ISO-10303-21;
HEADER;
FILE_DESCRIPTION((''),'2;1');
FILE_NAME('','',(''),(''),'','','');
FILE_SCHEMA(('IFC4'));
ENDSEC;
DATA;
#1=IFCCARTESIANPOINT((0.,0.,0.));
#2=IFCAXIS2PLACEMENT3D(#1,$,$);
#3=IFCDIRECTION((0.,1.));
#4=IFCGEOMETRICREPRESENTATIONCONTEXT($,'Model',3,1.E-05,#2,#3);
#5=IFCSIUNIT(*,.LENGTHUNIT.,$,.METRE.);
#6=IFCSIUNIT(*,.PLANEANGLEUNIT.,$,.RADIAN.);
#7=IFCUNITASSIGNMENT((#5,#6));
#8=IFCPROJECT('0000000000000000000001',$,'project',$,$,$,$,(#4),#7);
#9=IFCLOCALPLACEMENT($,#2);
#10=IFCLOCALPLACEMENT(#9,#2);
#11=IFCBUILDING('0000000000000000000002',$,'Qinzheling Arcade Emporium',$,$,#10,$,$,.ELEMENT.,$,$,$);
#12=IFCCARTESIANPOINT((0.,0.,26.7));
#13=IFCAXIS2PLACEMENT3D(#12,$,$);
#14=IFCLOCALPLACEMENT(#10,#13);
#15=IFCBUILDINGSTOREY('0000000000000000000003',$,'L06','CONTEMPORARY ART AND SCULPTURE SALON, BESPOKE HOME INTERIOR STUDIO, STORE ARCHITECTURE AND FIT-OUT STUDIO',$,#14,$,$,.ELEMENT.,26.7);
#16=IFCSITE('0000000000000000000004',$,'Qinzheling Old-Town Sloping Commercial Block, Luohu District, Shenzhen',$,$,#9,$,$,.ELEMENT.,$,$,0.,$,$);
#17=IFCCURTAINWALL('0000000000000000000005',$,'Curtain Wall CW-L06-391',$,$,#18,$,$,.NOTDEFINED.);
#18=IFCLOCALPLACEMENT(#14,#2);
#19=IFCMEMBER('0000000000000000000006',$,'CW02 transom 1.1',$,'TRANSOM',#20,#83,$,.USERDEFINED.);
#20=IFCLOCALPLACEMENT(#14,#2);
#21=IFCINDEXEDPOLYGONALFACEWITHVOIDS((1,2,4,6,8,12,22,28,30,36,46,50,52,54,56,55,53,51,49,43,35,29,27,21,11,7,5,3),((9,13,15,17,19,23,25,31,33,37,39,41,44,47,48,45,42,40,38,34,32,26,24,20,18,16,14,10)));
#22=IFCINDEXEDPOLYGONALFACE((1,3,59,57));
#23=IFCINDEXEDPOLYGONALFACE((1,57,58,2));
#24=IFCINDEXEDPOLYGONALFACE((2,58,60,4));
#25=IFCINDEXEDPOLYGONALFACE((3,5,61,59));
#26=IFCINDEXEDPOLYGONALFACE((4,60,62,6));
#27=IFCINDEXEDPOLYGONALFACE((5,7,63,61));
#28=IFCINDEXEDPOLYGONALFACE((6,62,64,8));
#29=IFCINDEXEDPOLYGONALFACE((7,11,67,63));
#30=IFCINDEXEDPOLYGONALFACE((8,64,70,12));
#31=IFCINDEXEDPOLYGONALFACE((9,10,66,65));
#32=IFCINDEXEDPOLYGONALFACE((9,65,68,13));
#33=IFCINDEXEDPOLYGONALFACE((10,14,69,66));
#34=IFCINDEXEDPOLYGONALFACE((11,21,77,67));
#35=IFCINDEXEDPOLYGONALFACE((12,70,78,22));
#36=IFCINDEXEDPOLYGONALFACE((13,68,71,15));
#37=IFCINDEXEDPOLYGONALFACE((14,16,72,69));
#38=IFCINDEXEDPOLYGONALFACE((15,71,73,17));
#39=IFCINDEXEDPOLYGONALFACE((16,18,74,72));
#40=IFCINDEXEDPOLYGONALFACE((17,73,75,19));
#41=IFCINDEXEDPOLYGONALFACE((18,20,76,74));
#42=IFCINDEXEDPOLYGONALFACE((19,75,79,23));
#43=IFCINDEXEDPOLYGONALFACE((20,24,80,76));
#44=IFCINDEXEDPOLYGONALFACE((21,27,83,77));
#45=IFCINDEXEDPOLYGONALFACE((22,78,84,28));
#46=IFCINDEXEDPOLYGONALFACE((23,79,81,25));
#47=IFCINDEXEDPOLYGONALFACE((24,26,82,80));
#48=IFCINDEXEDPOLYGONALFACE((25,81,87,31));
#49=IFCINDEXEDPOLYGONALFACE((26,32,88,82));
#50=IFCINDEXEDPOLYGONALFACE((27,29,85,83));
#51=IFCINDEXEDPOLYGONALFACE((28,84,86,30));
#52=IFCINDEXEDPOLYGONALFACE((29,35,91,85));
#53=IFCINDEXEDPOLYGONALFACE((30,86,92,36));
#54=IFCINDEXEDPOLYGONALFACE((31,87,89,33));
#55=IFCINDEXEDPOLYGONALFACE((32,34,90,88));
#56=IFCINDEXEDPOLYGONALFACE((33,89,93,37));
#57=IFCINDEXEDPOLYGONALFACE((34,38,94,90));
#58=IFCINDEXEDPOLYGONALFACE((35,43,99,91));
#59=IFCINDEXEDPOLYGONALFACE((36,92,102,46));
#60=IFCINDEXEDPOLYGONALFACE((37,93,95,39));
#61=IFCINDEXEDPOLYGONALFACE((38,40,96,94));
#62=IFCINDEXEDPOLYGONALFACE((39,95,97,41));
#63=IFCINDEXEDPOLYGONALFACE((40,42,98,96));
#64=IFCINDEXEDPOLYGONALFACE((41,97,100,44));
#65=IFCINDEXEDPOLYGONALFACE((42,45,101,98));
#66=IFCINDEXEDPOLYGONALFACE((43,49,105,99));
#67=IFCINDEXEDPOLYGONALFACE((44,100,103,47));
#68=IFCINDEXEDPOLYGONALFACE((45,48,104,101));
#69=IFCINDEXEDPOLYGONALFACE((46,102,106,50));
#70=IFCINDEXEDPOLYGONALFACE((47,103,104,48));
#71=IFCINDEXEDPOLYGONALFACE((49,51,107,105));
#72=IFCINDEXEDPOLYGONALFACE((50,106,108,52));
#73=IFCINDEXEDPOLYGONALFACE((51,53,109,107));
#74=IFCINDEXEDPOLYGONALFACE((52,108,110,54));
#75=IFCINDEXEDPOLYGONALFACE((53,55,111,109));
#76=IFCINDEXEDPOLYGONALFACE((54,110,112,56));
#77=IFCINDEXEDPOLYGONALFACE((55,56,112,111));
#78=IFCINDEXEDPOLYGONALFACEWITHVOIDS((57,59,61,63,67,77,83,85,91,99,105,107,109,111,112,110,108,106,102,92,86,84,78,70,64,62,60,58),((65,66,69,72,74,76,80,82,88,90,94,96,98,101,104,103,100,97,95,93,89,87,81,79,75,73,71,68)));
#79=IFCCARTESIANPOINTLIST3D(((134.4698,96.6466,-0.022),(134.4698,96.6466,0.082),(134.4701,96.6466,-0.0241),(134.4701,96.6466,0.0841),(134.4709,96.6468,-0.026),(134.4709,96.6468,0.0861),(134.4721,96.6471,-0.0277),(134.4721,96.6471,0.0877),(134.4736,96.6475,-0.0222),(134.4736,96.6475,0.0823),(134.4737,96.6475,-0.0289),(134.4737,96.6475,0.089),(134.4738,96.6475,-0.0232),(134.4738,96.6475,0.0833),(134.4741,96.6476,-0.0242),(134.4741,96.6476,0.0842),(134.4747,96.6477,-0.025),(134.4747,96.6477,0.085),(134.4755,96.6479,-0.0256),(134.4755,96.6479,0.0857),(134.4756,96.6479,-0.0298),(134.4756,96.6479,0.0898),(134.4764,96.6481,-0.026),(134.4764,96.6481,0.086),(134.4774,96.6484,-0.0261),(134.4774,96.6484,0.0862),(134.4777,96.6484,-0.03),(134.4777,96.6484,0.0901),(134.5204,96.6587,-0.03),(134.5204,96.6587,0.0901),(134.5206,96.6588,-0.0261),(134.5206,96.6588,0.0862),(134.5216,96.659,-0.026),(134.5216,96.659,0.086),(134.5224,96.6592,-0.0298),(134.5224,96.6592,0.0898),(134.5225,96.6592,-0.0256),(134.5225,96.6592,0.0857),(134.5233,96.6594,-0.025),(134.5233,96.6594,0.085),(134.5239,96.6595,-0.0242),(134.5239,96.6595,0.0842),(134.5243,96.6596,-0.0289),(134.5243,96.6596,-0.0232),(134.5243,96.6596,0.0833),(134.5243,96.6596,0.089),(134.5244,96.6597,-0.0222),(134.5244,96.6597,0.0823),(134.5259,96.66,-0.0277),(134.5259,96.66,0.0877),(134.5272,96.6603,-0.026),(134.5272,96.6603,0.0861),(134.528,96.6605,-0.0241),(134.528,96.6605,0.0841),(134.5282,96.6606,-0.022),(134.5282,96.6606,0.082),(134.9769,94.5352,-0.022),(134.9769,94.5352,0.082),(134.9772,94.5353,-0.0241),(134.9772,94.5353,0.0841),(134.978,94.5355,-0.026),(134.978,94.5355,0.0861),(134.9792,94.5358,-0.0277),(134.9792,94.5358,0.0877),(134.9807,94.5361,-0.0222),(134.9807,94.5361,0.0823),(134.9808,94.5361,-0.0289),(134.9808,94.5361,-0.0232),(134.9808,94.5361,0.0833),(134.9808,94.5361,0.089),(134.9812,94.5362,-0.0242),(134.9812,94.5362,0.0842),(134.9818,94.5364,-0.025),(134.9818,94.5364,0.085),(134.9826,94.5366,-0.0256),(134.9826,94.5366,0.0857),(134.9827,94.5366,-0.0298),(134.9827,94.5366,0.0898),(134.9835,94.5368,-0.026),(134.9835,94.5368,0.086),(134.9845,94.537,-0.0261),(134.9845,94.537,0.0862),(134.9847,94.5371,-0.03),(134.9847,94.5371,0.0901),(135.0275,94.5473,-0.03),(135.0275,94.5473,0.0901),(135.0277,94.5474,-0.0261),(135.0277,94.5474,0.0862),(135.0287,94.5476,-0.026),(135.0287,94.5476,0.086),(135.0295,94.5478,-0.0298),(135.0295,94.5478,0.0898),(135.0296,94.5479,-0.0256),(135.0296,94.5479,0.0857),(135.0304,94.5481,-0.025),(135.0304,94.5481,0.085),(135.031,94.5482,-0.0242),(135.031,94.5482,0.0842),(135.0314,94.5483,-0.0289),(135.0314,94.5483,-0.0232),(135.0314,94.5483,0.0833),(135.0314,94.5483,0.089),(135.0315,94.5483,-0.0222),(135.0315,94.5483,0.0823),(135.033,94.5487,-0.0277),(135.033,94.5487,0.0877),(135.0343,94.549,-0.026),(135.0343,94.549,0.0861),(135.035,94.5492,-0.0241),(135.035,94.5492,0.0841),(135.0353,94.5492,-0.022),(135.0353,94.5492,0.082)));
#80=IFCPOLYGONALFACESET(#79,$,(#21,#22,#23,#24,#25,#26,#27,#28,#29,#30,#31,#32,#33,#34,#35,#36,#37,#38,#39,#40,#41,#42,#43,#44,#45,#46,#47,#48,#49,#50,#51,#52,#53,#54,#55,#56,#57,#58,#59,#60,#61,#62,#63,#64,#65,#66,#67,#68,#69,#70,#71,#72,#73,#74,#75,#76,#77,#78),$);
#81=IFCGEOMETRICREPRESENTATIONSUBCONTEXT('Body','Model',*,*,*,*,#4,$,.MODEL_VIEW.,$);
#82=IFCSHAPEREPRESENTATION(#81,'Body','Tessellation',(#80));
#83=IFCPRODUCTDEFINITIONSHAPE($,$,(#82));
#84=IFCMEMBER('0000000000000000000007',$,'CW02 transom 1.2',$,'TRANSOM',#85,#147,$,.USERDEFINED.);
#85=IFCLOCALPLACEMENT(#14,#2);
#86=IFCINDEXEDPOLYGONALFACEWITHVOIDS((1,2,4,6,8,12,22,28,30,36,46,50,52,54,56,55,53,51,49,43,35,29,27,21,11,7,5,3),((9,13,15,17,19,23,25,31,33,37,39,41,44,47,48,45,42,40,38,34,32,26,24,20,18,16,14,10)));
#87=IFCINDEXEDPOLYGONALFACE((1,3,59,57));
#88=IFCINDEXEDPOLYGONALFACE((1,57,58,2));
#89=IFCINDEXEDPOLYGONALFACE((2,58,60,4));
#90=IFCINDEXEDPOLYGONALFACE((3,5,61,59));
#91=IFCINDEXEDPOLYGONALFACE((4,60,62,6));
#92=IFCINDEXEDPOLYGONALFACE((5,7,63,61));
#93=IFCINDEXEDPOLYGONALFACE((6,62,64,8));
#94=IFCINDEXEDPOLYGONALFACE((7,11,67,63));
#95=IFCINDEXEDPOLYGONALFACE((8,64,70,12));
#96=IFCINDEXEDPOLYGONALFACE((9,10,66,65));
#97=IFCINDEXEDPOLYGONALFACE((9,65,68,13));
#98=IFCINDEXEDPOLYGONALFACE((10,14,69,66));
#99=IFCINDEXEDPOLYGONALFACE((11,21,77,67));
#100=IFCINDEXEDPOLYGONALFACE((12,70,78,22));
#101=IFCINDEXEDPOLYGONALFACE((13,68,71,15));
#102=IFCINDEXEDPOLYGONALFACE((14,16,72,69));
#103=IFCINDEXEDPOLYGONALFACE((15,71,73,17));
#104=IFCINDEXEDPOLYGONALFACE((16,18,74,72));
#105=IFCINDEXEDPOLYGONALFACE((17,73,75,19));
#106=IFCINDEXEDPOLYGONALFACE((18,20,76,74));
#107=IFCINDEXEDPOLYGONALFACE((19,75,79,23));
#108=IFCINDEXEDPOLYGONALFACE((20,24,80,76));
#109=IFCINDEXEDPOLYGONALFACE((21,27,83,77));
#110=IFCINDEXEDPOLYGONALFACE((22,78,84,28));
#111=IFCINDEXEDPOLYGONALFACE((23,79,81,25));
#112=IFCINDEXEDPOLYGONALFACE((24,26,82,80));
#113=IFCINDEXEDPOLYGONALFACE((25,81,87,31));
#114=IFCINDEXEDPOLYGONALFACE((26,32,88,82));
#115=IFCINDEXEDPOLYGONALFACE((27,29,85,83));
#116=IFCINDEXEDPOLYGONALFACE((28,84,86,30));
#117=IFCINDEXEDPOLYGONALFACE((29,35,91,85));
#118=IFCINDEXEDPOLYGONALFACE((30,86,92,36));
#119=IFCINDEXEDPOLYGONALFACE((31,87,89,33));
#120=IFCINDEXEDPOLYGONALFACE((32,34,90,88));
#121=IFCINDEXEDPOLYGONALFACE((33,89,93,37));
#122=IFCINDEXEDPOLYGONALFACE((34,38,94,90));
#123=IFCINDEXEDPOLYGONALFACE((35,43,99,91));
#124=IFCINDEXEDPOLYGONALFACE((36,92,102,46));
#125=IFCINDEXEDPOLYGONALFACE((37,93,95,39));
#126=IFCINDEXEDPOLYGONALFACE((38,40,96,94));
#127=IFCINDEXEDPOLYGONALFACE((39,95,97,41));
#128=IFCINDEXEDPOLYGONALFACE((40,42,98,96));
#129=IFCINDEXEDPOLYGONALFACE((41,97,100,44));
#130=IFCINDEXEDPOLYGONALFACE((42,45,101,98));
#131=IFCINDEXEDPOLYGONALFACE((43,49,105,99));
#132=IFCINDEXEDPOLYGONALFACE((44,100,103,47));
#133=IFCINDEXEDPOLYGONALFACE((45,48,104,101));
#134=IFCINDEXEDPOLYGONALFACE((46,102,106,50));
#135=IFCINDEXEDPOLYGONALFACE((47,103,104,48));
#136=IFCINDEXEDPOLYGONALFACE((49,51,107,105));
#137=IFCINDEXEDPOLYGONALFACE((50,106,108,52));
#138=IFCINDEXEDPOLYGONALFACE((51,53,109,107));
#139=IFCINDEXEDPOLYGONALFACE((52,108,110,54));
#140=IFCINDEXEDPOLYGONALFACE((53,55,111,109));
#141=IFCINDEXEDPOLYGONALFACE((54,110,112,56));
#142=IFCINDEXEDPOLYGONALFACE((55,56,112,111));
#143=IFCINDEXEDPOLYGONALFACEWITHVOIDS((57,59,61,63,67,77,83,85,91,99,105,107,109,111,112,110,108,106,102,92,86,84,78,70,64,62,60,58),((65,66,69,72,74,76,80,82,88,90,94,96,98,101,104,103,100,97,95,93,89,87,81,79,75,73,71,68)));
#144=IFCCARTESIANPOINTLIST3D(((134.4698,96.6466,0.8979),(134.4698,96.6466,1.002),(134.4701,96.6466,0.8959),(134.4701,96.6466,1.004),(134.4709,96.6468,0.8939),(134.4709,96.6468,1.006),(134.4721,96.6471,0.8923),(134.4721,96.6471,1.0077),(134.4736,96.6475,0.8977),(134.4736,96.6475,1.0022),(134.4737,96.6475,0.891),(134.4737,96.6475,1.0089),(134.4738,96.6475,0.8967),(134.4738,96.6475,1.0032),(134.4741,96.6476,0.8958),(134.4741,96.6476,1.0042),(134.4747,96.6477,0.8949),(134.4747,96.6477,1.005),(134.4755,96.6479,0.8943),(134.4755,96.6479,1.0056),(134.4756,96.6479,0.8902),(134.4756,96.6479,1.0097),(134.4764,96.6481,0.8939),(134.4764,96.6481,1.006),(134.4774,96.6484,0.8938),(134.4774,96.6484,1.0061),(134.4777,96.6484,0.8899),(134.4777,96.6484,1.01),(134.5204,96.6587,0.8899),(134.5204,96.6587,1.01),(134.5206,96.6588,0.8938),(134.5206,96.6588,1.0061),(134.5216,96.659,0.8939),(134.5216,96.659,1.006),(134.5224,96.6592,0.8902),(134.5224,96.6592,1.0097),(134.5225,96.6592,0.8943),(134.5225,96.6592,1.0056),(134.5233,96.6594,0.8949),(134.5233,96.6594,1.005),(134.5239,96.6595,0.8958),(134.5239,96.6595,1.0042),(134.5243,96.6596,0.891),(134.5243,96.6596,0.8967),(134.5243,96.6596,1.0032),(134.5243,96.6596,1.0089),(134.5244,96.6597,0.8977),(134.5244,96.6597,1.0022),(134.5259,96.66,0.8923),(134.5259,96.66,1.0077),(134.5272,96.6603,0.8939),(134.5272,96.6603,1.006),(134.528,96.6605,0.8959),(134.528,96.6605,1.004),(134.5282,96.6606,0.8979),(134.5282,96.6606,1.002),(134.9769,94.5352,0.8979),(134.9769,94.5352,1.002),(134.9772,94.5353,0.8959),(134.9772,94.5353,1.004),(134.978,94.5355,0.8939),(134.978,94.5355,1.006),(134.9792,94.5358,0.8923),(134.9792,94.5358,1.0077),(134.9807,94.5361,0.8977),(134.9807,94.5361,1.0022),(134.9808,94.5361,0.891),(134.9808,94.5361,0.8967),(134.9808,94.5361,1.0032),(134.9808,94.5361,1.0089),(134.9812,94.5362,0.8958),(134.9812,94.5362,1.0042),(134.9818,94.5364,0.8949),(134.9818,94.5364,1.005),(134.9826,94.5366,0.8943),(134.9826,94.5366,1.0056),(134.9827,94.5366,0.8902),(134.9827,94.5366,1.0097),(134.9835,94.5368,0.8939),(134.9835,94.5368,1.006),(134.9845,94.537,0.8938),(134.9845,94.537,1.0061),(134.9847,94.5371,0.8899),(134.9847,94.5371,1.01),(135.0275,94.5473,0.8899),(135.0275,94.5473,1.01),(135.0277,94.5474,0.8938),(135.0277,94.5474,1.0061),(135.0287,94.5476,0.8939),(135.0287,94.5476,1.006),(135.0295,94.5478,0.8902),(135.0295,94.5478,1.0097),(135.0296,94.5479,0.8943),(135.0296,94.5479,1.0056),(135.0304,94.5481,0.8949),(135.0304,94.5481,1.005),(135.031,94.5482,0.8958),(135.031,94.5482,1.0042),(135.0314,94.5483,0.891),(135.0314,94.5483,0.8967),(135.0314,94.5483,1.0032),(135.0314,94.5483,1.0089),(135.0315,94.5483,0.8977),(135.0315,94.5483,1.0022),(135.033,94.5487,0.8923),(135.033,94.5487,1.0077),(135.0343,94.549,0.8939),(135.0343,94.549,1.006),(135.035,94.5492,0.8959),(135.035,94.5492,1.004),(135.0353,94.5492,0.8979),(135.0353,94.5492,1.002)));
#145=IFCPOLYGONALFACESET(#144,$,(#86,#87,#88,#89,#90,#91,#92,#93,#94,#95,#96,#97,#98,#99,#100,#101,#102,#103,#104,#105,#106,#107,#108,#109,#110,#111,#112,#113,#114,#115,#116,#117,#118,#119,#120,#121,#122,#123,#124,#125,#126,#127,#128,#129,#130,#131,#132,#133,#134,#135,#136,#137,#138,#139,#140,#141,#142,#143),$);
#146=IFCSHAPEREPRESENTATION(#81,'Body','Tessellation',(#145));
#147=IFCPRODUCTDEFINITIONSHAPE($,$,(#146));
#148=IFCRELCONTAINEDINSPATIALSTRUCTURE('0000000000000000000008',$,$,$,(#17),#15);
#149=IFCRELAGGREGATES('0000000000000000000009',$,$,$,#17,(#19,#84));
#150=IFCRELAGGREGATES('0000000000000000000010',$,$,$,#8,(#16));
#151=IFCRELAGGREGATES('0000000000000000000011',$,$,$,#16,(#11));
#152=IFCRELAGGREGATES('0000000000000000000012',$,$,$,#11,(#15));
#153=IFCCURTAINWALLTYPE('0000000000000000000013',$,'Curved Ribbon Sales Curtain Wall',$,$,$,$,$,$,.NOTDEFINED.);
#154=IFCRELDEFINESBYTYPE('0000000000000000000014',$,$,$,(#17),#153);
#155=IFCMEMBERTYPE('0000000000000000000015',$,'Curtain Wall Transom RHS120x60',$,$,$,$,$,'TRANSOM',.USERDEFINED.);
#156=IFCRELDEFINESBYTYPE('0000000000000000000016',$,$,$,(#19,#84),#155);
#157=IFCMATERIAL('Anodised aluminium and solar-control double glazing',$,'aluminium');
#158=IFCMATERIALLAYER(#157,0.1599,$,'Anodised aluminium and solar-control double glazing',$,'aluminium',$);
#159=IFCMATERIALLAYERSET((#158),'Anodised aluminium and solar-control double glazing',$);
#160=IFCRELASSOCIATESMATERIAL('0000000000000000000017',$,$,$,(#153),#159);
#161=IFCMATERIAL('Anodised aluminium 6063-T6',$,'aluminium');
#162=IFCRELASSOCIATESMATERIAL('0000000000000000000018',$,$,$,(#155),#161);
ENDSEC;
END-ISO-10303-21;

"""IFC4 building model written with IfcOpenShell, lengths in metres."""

from ifc_helpers import new_model, si_unit, direction, frame, origin, origin_2d, place, context, subcontext, project, spatial, hollow_rectangle, extrude, material, layer, layer_set, material_profile, profile_set, type_object, element, aggregate, save


model = new_model("IFC4")

# Units and contexts
model_context = context("Model", 3, precision=1e-05, world=origin(), true_north=direction((0.0, 1.0)))
body_context = subcontext(model_context, "Body", "Model", "MODEL_VIEW")
ifc_project = project(units=[si_unit("LENGTHUNIT", "METRE"), si_unit("PLANEANGLEUNIT", "RADIAN")], contexts=[model_context])

# Site, building, storey
site_placement = place(None, origin())
site = spatial("IfcSite", under=ifc_project, at=site_placement, Name="Qinzheling Old-Town Sloping Commercial Block, Luohu District, Shenzhen", CompositionType="ELEMENT", RefElevation=0.0)
building_placement = place(site_placement, origin())
building = spatial("IfcBuilding", under=site, at=building_placement, Name="Qinzheling Arcade Emporium", CompositionType="ELEMENT")
storey_placement = place(building_placement, frame((0.0, 0.0, 26.7)))
storey = spatial("IfcBuildingStorey", under=building, at=storey_placement, Name="L06", Description="CONTEMPORARY ART AND SCULPTURE SALON, BESPOKE HOME INTERIOR STUDIO, STORE ARCHITECTURE AND FIT-OUT STUDIO", CompositionType="ELEMENT", Elevation=26.7)

# Shared definitions
ifc_material_1 = material(Name="Anodised aluminium and solar-control double glazing", Category="aluminium")
ifc_layer_1 = layer(ifc_material_1, 0.1599, Name="Anodised aluminium and solar-control double glazing", Category="aluminium")
ifc_layer_set_1 = layer_set([ifc_layer_1], Name="Anodised aluminium and solar-control double glazing")
curtain_wall_type_1 = type_object("IfcCurtainWallType", Name="Curved Ribbon Sales Curtain Wall", PredefinedType="NOTDEFINED", material=ifc_layer_set_1)
ifc_material_2 = material(Name="Anodised aluminium 6063-T6", Category="aluminium")

# Curtain wall
curtain_wall_1_placement = place(storey_placement, origin())
curtain_wall_1 = element("IfcCurtainWall", 1, at=curtain_wall_1_placement, inside=storey, type_object=curtain_wall_type_1, Name="Curtain Wall CW-L06-391", PredefinedType="NOTDEFINED")

# Members
ifc_material_profile_1 = material_profile(ifc_material_2, hollow_rectangle(XDim=0.0601, YDim=0.1201, WallThickness=0.0039, InnerFilletRadius=0.0039, OuterFilletRadius=0.0081, at=origin_2d()), Name="RHS 120x60x4", Category="aluminium")
ifc_profile_set_1 = profile_set([ifc_material_profile_1], Name="Anodised aluminium 6063-T6")
member_type_1 = type_object("IfcMemberType", Name="Curtain Wall Transom RHS120x60", ElementType="TRANSOM", PredefinedType="USERDEFINED", material=ifc_profile_set_1)
member_1_placement = place(storey_placement, frame((134.499, 96.6536, 0.03), z_axis=(0.23353, -0.97235, 0.0), x_axis=(0.97235, 0.23353, 0.0)))
member_1 = element("IfcMember", 2, at=member_1_placement, type_object=member_type_1, Name="CW02 transom 1.1", ObjectType="TRANSOM", PredefinedType="USERDEFINED", context=body_context, shape_type="SweptSolid", body=[
    extrude(hollow_rectangle(XDim=0.0601, YDim=0.1201, WallThickness=0.0039, InnerFilletRadius=0.0039, OuterFilletRadius=0.0081, at=origin_2d()), origin(), (0.0, 0.0, 1.0), 2.1714),
])
member_2_placement = place(storey_placement, frame((134.499, 96.6536, 0.95), z_axis=(0.23353, -0.97235, 0.0), x_axis=(0.97235, 0.23353, 0.0)))
member_2 = element("IfcMember", 3, at=member_2_placement, type_object=member_type_1, Name="CW02 transom 1.2", ObjectType="TRANSOM", PredefinedType="USERDEFINED", context=body_context, shape_type="SweptSolid", body=[
    extrude(hollow_rectangle(XDim=0.0601, YDim=0.1201, WallThickness=0.0039, InnerFilletRadius=0.0039, OuterFilletRadius=0.0081, at=origin_2d()), origin(), (0.0, 0.0, 1.0), 2.1714),
])

aggregate(curtain_wall_1, [member_1, member_2])

save(model, "model.ifc")
